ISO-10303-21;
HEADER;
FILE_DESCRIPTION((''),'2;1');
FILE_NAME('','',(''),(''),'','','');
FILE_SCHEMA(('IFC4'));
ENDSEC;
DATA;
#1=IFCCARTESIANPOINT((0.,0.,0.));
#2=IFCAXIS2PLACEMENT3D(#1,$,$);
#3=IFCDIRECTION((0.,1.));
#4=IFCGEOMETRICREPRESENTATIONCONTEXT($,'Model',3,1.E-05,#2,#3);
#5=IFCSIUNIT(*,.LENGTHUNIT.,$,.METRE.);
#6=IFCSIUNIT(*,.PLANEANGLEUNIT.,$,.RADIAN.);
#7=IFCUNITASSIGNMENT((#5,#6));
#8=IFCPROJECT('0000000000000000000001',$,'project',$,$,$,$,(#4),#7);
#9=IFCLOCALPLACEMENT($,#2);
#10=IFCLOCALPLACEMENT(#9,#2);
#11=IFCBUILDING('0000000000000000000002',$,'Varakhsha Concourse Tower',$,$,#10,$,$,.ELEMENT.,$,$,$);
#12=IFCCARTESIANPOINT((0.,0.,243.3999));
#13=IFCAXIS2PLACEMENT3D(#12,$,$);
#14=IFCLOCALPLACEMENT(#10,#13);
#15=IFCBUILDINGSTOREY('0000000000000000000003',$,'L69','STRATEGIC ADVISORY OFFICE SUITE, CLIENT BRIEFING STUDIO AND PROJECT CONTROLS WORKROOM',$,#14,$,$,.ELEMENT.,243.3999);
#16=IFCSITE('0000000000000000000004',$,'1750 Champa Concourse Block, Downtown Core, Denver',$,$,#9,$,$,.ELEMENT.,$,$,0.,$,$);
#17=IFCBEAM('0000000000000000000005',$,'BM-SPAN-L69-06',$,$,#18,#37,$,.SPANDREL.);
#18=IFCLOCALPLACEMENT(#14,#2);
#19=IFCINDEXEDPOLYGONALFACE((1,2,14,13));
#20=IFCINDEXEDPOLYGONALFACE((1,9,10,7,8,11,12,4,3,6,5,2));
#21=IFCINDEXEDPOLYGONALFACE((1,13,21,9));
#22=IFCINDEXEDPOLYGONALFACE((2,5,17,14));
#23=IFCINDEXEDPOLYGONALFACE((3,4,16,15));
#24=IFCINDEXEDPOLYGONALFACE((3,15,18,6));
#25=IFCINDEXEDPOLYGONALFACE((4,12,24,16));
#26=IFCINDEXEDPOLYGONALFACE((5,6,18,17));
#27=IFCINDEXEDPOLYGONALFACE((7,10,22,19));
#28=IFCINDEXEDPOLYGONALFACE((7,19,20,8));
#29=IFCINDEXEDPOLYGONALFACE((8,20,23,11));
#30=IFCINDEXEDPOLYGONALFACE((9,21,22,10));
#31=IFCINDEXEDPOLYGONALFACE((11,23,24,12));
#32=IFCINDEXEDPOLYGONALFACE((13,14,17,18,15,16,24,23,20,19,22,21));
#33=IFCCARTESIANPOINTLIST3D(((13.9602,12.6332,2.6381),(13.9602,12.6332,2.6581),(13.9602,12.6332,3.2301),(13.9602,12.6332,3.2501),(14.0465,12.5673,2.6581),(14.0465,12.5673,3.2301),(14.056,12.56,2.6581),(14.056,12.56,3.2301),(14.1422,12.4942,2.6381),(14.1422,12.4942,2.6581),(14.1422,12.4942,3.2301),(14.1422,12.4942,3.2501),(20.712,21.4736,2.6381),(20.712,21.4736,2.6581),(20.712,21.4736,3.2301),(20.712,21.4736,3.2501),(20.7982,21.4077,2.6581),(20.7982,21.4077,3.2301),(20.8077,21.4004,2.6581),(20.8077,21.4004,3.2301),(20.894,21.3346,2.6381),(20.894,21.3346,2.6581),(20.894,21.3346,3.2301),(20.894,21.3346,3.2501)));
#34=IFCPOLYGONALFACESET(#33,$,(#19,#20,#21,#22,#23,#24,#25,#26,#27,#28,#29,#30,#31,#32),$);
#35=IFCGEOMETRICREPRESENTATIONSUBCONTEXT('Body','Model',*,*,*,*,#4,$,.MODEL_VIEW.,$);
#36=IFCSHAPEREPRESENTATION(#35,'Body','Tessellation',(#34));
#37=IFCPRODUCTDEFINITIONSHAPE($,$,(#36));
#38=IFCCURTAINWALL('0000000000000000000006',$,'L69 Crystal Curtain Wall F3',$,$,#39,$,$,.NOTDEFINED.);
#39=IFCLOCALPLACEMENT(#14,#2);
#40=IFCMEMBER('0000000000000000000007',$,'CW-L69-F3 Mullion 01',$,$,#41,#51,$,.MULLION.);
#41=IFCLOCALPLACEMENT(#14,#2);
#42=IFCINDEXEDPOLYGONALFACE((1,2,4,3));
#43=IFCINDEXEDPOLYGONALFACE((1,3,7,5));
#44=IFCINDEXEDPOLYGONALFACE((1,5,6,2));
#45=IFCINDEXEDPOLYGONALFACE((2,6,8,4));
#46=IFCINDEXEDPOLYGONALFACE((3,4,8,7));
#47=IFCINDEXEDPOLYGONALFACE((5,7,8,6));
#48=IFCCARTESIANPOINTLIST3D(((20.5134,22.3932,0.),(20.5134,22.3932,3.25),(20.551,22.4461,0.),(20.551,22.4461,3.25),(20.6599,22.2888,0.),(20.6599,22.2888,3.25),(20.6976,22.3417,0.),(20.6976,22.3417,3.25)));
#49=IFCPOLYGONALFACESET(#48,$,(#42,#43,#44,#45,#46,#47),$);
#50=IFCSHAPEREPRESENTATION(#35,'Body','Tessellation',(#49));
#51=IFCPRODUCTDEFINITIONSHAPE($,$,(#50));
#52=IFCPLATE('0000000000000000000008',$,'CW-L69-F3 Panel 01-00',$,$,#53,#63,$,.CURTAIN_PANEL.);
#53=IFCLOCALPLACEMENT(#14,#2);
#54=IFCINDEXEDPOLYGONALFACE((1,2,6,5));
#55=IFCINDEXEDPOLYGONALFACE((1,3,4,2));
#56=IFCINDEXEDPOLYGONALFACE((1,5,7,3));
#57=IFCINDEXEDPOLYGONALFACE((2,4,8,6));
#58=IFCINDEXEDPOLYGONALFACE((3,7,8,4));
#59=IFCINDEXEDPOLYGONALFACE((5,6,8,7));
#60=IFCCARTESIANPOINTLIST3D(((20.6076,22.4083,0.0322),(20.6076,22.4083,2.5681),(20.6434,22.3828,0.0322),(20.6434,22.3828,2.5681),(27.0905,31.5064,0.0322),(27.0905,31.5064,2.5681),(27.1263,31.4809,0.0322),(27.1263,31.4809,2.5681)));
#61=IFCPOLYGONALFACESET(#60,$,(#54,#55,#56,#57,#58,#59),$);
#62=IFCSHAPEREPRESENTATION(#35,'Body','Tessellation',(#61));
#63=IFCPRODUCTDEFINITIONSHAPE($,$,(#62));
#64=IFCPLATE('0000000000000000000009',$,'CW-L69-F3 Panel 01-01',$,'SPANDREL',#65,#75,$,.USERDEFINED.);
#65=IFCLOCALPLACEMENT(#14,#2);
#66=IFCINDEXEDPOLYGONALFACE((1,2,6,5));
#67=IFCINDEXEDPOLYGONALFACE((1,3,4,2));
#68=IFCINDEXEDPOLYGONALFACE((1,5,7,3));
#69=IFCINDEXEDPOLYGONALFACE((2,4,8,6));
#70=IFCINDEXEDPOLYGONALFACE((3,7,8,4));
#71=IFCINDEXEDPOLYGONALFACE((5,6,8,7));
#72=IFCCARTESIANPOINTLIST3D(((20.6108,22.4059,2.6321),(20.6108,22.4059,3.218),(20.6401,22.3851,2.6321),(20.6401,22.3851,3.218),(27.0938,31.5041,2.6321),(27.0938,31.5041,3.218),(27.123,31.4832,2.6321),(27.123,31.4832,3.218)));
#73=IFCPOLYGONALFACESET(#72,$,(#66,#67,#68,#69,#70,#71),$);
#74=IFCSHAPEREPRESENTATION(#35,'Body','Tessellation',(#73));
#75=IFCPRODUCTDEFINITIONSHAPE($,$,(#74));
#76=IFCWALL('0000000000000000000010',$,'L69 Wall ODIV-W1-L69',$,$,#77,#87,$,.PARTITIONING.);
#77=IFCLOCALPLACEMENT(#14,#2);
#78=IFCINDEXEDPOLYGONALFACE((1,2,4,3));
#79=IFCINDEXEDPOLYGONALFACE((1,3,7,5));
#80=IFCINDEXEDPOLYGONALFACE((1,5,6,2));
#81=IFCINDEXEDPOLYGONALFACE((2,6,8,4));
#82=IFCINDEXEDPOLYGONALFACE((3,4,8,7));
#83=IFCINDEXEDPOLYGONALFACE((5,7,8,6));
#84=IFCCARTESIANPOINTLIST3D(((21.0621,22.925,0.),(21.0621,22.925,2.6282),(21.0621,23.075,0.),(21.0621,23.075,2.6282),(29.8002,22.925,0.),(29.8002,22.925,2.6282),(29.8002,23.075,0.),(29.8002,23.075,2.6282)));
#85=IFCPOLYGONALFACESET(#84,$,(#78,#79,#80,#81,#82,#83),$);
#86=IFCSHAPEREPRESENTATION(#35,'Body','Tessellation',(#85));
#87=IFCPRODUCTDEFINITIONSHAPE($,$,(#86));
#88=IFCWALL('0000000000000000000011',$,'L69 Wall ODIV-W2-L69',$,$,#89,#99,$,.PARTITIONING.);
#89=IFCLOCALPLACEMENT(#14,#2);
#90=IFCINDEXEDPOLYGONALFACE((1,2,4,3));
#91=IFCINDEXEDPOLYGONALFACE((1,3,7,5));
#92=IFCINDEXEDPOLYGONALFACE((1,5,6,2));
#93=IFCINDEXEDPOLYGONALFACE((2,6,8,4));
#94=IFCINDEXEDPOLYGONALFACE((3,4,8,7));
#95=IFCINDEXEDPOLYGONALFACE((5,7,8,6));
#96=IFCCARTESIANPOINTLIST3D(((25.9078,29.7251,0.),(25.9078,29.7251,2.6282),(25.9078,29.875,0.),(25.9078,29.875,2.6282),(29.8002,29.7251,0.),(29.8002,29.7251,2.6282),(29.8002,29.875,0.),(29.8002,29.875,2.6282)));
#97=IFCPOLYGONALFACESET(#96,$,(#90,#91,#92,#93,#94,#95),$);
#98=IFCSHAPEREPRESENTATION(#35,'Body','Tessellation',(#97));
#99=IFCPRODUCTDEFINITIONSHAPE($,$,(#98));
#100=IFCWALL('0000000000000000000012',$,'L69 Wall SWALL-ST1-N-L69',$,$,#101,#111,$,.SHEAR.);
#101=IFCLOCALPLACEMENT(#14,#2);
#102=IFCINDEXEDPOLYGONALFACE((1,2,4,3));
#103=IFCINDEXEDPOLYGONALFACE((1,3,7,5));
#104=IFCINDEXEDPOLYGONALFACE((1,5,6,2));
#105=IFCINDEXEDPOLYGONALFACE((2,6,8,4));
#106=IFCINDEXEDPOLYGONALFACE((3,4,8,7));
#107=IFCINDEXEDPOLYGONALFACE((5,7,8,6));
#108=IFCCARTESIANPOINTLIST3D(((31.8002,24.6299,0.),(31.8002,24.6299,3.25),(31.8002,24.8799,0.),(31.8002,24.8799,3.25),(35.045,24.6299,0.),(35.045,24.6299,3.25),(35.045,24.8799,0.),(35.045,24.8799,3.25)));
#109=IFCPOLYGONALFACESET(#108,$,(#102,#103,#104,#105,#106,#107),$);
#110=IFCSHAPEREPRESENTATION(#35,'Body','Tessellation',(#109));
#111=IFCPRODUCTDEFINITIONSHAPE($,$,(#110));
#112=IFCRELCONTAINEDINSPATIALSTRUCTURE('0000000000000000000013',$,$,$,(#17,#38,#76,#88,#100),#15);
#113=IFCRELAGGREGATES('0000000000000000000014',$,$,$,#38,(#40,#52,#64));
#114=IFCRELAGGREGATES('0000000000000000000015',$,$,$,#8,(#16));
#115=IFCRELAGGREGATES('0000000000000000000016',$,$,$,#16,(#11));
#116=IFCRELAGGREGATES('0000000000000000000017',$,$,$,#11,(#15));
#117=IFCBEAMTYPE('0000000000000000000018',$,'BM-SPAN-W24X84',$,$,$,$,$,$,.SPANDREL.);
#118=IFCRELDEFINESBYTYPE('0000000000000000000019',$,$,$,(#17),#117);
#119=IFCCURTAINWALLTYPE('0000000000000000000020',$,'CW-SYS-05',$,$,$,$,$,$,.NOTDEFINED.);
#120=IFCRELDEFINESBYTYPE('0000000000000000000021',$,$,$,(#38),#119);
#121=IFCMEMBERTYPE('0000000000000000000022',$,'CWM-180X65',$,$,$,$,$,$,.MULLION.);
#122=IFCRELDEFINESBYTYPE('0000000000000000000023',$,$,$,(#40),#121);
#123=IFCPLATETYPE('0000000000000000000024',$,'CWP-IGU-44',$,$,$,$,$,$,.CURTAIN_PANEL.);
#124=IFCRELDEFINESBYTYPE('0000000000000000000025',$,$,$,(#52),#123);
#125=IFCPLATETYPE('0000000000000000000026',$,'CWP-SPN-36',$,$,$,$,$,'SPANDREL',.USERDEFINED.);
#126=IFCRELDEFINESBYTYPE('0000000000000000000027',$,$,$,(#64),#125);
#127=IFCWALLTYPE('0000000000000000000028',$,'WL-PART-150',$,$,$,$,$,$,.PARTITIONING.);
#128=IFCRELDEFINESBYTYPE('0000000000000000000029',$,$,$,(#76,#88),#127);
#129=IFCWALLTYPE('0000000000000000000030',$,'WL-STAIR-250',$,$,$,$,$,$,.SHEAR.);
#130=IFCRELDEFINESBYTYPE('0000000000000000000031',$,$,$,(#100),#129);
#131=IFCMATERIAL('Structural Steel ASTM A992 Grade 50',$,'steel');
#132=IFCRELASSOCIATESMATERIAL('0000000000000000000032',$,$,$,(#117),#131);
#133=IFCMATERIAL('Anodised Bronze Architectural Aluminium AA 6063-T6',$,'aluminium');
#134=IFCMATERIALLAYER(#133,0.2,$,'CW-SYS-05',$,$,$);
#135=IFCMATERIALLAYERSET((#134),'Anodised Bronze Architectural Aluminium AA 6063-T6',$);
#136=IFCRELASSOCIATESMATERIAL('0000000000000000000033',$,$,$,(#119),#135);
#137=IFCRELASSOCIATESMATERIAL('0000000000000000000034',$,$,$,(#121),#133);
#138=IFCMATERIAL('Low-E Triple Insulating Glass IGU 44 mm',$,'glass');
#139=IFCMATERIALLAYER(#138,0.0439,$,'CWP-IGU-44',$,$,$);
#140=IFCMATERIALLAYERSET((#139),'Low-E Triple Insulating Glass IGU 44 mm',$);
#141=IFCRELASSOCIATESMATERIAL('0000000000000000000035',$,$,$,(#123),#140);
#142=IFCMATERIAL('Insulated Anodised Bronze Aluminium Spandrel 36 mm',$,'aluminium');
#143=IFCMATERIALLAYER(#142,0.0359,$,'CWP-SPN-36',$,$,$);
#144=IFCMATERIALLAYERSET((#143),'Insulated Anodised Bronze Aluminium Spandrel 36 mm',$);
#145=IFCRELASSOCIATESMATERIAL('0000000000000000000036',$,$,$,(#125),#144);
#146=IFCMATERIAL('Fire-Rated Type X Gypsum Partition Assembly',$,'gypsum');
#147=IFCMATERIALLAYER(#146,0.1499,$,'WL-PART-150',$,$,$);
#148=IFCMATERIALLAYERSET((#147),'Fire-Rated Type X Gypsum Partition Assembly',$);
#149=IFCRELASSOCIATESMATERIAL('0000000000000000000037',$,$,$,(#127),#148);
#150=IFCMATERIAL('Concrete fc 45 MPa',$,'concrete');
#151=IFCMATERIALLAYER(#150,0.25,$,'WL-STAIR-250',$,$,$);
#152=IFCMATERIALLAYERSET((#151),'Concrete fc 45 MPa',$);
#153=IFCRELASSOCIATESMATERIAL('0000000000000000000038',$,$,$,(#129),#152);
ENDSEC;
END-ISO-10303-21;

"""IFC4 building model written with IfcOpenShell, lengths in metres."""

from ifc_helpers import new_model, si_unit, direction, frame, frame_2d, origin, origin_2d, place, context, subcontext, project, spatial, rectangle, i_section, extrude, source, transform, mapped, material, layer, layer_set, material_profile, profile_set, type_object, type_shapes, element, aggregate, save


model = new_model("IFC4")

# Units and contexts
model_context = context("Model", 3, precision=1e-05, world=origin(), true_north=direction((0.0, 1.0)))
body_context = subcontext(model_context, "Body", "Model", "MODEL_VIEW")
ifc_project = project(units=[si_unit("LENGTHUNIT", "METRE"), si_unit("PLANEANGLEUNIT", "RADIAN")], contexts=[model_context])

# Site, building, storey
site_placement = place(None, origin())
site = spatial("IfcSite", under=ifc_project, at=site_placement, Name="1750 Champa Concourse Block, Downtown Core, Denver", CompositionType="ELEMENT", RefElevation=0.0)
building_placement = place(site_placement, origin())
building = spatial("IfcBuilding", under=site, at=building_placement, Name="Varakhsha Concourse Tower", CompositionType="ELEMENT")
storey_placement = place(building_placement, frame((0.0, 0.0, 243.3999)))
storey = spatial("IfcBuildingStorey", under=building, at=storey_placement, Name="L69", Description="STRATEGIC ADVISORY OFFICE SUITE, CLIENT BRIEFING STUDIO AND PROJECT CONTROLS WORKROOM", CompositionType="ELEMENT", Elevation=243.3999)

# Shared definitions
ifc_material_1 = material(Name="Structural Steel ASTM A992 Grade 50", Category="steel")

# Beam
ifc_material_profile_1 = material_profile(ifc_material_1, i_section(OverallWidth=0.229, OverallDepth=0.6121, WebThickness=0.012, FlangeThickness=0.02, at=origin_2d()), Name="W24X84")
ifc_profile_set_1 = profile_set([ifc_material_profile_1], Name="Structural Steel ASTM A992 Grade 50")
beam_type_1 = type_object("IfcBeamType", Name="BM-SPAN-W24X84", PredefinedType="SPANDREL", material=ifc_profile_set_1)
beam_1_placement = place(storey_placement, frame((20.803, 21.4041, 2.9441), z_axis=(-0.606965, -0.794728, 0.0), x_axis=(0.794728, -0.606965, 0.0)))
element("IfcBeam", 1, at=beam_1_placement, inside=storey, type_object=beam_type_1, Name="BM-SPAN-L69-06", PredefinedType="SPANDREL", context=body_context, shape_type="SweptSolid", body=[
    extrude(i_section(OverallWidth=0.229, OverallDepth=0.6121, WebThickness=0.012, FlangeThickness=0.02, at=origin_2d()), origin(), (0.0, 0.0, 1.0), 11.1238),
])

# Curtain wall, member, plates
ifc_material_2 = material(Name="Anodised Bronze Architectural Aluminium AA 6063-T6", Category="aluminium")
ifc_layer_1 = layer(ifc_material_2, 0.2, Name="CW-SYS-05")
ifc_layer_set_1 = layer_set([ifc_layer_1], Name="Anodised Bronze Architectural Aluminium AA 6063-T6")
curtain_wall_type = type_object("IfcCurtainWallType", Name="CW-SYS-05", PredefinedType="NOTDEFINED", material=ifc_layer_set_1)
curtain_wall_placement = place(storey_placement, origin())
curtain_wall = element("IfcCurtainWall", 2, at=curtain_wall_placement, inside=storey, type_object=curtain_wall_type, Name="L69 Crystal Curtain Wall F3", PredefinedType="NOTDEFINED")
ifc_material_profile_2 = material_profile(ifc_material_2, rectangle(XDim=0.0649, YDim=0.1799, at=origin_2d()), Name="CWM-180X65")
ifc_profile_set_2 = profile_set([ifc_material_profile_2], Name="Anodised Bronze Architectural Aluminium AA 6063-T6")
member_type = type_object("IfcMemberType", Name="CWM-180X65", PredefinedType="MULLION", material=ifc_profile_set_2)
shared_shape_1 = source(origin(), body_context, "Body", "SweptSolid", [
    extrude(rectangle(XDim=0.0649, YDim=0.1799, at=origin_2d()), origin(), (0.0, 0.0, 1.0), 3.25),
])
type_shapes(member_type, [shared_shape_1])
member_placement = place(storey_placement, frame((20.6055, 22.3674, 0.0), z_axis=(0.0, 0.0, 1.0), x_axis=(0.580306, 0.814398, 0.0)))
member = element("IfcMember", 3, at=member_placement, type_object=member_type, Name="CW-L69-F3 Mullion 01", PredefinedType="MULLION", context=body_context, shape_type="MappedRepresentation", body=[
    mapped(shared_shape_1, transform((0.0, 0.0, 0.0), scale=1.0)),
])
ifc_material_3 = material(Name="Low-E Triple Insulating Glass IGU 44 mm", Category="glass")
ifc_layer_2 = layer(ifc_material_3, 0.0439, Name="CWP-IGU-44")
ifc_layer_set_2 = layer_set([ifc_layer_2], Name="Low-E Triple Insulating Glass IGU 44 mm")
plate_type_1 = type_object("IfcPlateType", Name="CWP-IGU-44", PredefinedType="CURTAIN_PANEL", material=ifc_layer_set_2)
shared_shape_2 = source(origin(), body_context, "Body", "SweptSolid", [
    extrude(rectangle(XDim=11.1716, YDim=0.0439, at=origin_2d()), origin(), (0.0, 0.0, 1.0), 2.5359),
])
type_shapes(plate_type_1, [shared_shape_2])
plate_1_placement = place(storey_placement, frame((23.8669, 26.9446, 0.0322), z_axis=(0.0, 0.0, 1.0), x_axis=(0.580306, 0.814398, 0.0)))
plate_1 = element("IfcPlate", 4, at=plate_1_placement, type_object=plate_type_1, Name="CW-L69-F3 Panel 01-00", PredefinedType="CURTAIN_PANEL", context=body_context, shape_type="MappedRepresentation", body=[
    mapped(shared_shape_2, transform((0.0, 0.0, 0.0), scale=1.0)),
])
ifc_material_4 = material(Name="Insulated Anodised Bronze Aluminium Spandrel 36 mm", Category="aluminium")
ifc_layer_3 = layer(ifc_material_4, 0.0359, Name="CWP-SPN-36")
ifc_layer_set_3 = layer_set([ifc_layer_3], Name="Insulated Anodised Bronze Aluminium Spandrel 36 mm")
plate_type_2 = type_object("IfcPlateType", Name="CWP-SPN-36", ElementType="SPANDREL", PredefinedType="USERDEFINED", material=ifc_layer_set_3)
shared_shape_3 = source(origin(), body_context, "Body", "SweptSolid", [
    extrude(rectangle(XDim=11.1716, YDim=0.0359, at=origin_2d()), origin(), (0.0, 0.0, 1.0), 0.5859),
])
type_shapes(plate_type_2, [shared_shape_3])
plate_2_placement = place(storey_placement, frame((23.8669, 26.9446, 2.6321), z_axis=(0.0, 0.0, 1.0), x_axis=(0.580306, 0.814398, 0.0)))
plate_2 = element("IfcPlate", 5, at=plate_2_placement, type_object=plate_type_2, Name="CW-L69-F3 Panel 01-01", ObjectType="SPANDREL", PredefinedType="USERDEFINED", context=body_context, shape_type="MappedRepresentation", body=[
    mapped(shared_shape_3, transform((0.0, 0.0, 0.0), scale=1.0)),
])
aggregate(curtain_wall, [member, plate_1, plate_2])

# Walls
ifc_material_5 = material(Name="Fire-Rated Type X Gypsum Partition Assembly", Category="gypsum")
ifc_layer_4 = layer(ifc_material_5, 0.1499, Name="WL-PART-150")
ifc_layer_set_4 = layer_set([ifc_layer_4], Name="Fire-Rated Type X Gypsum Partition Assembly")
wall_type_1 = type_object("IfcWallType", Name="WL-PART-150", PredefinedType="PARTITIONING", material=ifc_layer_set_4)
wall_1_placement = place(storey_placement, frame((21.062, 23.0, 0.0), z_axis=(0.0, 0.0, 1.0), x_axis=(1.0, 0.0, 0.0)))
element("IfcWall", 6, at=wall_1_placement, inside=storey, type_object=wall_type_1, Name="L69 Wall ODIV-W1-L69", PredefinedType="PARTITIONING", context=body_context, shape_type="SweptSolid", body=[
    extrude(rectangle(XDim=8.738, YDim=0.1499, at=frame_2d((4.3691, 0.0))), origin(), (0.0, 0.0, 1.0), 2.6282),
])
wall_2_placement = place(storey_placement, frame((25.9077, 29.8, 0.0), z_axis=(0.0, 0.0, 1.0), x_axis=(1.0, 0.0, 0.0)))
element("IfcWall", 7, at=wall_2_placement, inside=storey, type_object=wall_type_1, Name="L69 Wall ODIV-W2-L69", PredefinedType="PARTITIONING", context=body_context, shape_type="SweptSolid", body=[
    extrude(rectangle(XDim=3.8923, YDim=0.1499, at=frame_2d((1.9463, 0.0))), origin(), (0.0, 0.0, 1.0), 2.6282),
])

# Wall
ifc_material_6 = material(Name="Concrete fc 45 MPa", Category="concrete")
ifc_layer_5 = layer(ifc_material_6, 0.25, Name="WL-STAIR-250")
ifc_layer_set_5 = layer_set([ifc_layer_5], Name="Concrete fc 45 MPa")
wall_type_2 = type_object("IfcWallType", Name="WL-STAIR-250", PredefinedType="SHEAR", material=ifc_layer_set_5)
wall_3_placement = place(storey_placement, frame((31.8, 24.7549, 0.0), z_axis=(0.0, 0.0, 1.0), x_axis=(1.0, 0.0, 0.0)))
element("IfcWall", 8, at=wall_3_placement, inside=storey, type_object=wall_type_2, Name="L69 Wall SWALL-ST1-N-L69", PredefinedType="SHEAR", context=body_context, shape_type="SweptSolid", body=[
    extrude(rectangle(XDim=3.2449, YDim=0.25, at=frame_2d((1.6226, 0.0))), origin(), (0.0, 0.0, 1.0), 3.25),
])

save(model, "model.ifc")
